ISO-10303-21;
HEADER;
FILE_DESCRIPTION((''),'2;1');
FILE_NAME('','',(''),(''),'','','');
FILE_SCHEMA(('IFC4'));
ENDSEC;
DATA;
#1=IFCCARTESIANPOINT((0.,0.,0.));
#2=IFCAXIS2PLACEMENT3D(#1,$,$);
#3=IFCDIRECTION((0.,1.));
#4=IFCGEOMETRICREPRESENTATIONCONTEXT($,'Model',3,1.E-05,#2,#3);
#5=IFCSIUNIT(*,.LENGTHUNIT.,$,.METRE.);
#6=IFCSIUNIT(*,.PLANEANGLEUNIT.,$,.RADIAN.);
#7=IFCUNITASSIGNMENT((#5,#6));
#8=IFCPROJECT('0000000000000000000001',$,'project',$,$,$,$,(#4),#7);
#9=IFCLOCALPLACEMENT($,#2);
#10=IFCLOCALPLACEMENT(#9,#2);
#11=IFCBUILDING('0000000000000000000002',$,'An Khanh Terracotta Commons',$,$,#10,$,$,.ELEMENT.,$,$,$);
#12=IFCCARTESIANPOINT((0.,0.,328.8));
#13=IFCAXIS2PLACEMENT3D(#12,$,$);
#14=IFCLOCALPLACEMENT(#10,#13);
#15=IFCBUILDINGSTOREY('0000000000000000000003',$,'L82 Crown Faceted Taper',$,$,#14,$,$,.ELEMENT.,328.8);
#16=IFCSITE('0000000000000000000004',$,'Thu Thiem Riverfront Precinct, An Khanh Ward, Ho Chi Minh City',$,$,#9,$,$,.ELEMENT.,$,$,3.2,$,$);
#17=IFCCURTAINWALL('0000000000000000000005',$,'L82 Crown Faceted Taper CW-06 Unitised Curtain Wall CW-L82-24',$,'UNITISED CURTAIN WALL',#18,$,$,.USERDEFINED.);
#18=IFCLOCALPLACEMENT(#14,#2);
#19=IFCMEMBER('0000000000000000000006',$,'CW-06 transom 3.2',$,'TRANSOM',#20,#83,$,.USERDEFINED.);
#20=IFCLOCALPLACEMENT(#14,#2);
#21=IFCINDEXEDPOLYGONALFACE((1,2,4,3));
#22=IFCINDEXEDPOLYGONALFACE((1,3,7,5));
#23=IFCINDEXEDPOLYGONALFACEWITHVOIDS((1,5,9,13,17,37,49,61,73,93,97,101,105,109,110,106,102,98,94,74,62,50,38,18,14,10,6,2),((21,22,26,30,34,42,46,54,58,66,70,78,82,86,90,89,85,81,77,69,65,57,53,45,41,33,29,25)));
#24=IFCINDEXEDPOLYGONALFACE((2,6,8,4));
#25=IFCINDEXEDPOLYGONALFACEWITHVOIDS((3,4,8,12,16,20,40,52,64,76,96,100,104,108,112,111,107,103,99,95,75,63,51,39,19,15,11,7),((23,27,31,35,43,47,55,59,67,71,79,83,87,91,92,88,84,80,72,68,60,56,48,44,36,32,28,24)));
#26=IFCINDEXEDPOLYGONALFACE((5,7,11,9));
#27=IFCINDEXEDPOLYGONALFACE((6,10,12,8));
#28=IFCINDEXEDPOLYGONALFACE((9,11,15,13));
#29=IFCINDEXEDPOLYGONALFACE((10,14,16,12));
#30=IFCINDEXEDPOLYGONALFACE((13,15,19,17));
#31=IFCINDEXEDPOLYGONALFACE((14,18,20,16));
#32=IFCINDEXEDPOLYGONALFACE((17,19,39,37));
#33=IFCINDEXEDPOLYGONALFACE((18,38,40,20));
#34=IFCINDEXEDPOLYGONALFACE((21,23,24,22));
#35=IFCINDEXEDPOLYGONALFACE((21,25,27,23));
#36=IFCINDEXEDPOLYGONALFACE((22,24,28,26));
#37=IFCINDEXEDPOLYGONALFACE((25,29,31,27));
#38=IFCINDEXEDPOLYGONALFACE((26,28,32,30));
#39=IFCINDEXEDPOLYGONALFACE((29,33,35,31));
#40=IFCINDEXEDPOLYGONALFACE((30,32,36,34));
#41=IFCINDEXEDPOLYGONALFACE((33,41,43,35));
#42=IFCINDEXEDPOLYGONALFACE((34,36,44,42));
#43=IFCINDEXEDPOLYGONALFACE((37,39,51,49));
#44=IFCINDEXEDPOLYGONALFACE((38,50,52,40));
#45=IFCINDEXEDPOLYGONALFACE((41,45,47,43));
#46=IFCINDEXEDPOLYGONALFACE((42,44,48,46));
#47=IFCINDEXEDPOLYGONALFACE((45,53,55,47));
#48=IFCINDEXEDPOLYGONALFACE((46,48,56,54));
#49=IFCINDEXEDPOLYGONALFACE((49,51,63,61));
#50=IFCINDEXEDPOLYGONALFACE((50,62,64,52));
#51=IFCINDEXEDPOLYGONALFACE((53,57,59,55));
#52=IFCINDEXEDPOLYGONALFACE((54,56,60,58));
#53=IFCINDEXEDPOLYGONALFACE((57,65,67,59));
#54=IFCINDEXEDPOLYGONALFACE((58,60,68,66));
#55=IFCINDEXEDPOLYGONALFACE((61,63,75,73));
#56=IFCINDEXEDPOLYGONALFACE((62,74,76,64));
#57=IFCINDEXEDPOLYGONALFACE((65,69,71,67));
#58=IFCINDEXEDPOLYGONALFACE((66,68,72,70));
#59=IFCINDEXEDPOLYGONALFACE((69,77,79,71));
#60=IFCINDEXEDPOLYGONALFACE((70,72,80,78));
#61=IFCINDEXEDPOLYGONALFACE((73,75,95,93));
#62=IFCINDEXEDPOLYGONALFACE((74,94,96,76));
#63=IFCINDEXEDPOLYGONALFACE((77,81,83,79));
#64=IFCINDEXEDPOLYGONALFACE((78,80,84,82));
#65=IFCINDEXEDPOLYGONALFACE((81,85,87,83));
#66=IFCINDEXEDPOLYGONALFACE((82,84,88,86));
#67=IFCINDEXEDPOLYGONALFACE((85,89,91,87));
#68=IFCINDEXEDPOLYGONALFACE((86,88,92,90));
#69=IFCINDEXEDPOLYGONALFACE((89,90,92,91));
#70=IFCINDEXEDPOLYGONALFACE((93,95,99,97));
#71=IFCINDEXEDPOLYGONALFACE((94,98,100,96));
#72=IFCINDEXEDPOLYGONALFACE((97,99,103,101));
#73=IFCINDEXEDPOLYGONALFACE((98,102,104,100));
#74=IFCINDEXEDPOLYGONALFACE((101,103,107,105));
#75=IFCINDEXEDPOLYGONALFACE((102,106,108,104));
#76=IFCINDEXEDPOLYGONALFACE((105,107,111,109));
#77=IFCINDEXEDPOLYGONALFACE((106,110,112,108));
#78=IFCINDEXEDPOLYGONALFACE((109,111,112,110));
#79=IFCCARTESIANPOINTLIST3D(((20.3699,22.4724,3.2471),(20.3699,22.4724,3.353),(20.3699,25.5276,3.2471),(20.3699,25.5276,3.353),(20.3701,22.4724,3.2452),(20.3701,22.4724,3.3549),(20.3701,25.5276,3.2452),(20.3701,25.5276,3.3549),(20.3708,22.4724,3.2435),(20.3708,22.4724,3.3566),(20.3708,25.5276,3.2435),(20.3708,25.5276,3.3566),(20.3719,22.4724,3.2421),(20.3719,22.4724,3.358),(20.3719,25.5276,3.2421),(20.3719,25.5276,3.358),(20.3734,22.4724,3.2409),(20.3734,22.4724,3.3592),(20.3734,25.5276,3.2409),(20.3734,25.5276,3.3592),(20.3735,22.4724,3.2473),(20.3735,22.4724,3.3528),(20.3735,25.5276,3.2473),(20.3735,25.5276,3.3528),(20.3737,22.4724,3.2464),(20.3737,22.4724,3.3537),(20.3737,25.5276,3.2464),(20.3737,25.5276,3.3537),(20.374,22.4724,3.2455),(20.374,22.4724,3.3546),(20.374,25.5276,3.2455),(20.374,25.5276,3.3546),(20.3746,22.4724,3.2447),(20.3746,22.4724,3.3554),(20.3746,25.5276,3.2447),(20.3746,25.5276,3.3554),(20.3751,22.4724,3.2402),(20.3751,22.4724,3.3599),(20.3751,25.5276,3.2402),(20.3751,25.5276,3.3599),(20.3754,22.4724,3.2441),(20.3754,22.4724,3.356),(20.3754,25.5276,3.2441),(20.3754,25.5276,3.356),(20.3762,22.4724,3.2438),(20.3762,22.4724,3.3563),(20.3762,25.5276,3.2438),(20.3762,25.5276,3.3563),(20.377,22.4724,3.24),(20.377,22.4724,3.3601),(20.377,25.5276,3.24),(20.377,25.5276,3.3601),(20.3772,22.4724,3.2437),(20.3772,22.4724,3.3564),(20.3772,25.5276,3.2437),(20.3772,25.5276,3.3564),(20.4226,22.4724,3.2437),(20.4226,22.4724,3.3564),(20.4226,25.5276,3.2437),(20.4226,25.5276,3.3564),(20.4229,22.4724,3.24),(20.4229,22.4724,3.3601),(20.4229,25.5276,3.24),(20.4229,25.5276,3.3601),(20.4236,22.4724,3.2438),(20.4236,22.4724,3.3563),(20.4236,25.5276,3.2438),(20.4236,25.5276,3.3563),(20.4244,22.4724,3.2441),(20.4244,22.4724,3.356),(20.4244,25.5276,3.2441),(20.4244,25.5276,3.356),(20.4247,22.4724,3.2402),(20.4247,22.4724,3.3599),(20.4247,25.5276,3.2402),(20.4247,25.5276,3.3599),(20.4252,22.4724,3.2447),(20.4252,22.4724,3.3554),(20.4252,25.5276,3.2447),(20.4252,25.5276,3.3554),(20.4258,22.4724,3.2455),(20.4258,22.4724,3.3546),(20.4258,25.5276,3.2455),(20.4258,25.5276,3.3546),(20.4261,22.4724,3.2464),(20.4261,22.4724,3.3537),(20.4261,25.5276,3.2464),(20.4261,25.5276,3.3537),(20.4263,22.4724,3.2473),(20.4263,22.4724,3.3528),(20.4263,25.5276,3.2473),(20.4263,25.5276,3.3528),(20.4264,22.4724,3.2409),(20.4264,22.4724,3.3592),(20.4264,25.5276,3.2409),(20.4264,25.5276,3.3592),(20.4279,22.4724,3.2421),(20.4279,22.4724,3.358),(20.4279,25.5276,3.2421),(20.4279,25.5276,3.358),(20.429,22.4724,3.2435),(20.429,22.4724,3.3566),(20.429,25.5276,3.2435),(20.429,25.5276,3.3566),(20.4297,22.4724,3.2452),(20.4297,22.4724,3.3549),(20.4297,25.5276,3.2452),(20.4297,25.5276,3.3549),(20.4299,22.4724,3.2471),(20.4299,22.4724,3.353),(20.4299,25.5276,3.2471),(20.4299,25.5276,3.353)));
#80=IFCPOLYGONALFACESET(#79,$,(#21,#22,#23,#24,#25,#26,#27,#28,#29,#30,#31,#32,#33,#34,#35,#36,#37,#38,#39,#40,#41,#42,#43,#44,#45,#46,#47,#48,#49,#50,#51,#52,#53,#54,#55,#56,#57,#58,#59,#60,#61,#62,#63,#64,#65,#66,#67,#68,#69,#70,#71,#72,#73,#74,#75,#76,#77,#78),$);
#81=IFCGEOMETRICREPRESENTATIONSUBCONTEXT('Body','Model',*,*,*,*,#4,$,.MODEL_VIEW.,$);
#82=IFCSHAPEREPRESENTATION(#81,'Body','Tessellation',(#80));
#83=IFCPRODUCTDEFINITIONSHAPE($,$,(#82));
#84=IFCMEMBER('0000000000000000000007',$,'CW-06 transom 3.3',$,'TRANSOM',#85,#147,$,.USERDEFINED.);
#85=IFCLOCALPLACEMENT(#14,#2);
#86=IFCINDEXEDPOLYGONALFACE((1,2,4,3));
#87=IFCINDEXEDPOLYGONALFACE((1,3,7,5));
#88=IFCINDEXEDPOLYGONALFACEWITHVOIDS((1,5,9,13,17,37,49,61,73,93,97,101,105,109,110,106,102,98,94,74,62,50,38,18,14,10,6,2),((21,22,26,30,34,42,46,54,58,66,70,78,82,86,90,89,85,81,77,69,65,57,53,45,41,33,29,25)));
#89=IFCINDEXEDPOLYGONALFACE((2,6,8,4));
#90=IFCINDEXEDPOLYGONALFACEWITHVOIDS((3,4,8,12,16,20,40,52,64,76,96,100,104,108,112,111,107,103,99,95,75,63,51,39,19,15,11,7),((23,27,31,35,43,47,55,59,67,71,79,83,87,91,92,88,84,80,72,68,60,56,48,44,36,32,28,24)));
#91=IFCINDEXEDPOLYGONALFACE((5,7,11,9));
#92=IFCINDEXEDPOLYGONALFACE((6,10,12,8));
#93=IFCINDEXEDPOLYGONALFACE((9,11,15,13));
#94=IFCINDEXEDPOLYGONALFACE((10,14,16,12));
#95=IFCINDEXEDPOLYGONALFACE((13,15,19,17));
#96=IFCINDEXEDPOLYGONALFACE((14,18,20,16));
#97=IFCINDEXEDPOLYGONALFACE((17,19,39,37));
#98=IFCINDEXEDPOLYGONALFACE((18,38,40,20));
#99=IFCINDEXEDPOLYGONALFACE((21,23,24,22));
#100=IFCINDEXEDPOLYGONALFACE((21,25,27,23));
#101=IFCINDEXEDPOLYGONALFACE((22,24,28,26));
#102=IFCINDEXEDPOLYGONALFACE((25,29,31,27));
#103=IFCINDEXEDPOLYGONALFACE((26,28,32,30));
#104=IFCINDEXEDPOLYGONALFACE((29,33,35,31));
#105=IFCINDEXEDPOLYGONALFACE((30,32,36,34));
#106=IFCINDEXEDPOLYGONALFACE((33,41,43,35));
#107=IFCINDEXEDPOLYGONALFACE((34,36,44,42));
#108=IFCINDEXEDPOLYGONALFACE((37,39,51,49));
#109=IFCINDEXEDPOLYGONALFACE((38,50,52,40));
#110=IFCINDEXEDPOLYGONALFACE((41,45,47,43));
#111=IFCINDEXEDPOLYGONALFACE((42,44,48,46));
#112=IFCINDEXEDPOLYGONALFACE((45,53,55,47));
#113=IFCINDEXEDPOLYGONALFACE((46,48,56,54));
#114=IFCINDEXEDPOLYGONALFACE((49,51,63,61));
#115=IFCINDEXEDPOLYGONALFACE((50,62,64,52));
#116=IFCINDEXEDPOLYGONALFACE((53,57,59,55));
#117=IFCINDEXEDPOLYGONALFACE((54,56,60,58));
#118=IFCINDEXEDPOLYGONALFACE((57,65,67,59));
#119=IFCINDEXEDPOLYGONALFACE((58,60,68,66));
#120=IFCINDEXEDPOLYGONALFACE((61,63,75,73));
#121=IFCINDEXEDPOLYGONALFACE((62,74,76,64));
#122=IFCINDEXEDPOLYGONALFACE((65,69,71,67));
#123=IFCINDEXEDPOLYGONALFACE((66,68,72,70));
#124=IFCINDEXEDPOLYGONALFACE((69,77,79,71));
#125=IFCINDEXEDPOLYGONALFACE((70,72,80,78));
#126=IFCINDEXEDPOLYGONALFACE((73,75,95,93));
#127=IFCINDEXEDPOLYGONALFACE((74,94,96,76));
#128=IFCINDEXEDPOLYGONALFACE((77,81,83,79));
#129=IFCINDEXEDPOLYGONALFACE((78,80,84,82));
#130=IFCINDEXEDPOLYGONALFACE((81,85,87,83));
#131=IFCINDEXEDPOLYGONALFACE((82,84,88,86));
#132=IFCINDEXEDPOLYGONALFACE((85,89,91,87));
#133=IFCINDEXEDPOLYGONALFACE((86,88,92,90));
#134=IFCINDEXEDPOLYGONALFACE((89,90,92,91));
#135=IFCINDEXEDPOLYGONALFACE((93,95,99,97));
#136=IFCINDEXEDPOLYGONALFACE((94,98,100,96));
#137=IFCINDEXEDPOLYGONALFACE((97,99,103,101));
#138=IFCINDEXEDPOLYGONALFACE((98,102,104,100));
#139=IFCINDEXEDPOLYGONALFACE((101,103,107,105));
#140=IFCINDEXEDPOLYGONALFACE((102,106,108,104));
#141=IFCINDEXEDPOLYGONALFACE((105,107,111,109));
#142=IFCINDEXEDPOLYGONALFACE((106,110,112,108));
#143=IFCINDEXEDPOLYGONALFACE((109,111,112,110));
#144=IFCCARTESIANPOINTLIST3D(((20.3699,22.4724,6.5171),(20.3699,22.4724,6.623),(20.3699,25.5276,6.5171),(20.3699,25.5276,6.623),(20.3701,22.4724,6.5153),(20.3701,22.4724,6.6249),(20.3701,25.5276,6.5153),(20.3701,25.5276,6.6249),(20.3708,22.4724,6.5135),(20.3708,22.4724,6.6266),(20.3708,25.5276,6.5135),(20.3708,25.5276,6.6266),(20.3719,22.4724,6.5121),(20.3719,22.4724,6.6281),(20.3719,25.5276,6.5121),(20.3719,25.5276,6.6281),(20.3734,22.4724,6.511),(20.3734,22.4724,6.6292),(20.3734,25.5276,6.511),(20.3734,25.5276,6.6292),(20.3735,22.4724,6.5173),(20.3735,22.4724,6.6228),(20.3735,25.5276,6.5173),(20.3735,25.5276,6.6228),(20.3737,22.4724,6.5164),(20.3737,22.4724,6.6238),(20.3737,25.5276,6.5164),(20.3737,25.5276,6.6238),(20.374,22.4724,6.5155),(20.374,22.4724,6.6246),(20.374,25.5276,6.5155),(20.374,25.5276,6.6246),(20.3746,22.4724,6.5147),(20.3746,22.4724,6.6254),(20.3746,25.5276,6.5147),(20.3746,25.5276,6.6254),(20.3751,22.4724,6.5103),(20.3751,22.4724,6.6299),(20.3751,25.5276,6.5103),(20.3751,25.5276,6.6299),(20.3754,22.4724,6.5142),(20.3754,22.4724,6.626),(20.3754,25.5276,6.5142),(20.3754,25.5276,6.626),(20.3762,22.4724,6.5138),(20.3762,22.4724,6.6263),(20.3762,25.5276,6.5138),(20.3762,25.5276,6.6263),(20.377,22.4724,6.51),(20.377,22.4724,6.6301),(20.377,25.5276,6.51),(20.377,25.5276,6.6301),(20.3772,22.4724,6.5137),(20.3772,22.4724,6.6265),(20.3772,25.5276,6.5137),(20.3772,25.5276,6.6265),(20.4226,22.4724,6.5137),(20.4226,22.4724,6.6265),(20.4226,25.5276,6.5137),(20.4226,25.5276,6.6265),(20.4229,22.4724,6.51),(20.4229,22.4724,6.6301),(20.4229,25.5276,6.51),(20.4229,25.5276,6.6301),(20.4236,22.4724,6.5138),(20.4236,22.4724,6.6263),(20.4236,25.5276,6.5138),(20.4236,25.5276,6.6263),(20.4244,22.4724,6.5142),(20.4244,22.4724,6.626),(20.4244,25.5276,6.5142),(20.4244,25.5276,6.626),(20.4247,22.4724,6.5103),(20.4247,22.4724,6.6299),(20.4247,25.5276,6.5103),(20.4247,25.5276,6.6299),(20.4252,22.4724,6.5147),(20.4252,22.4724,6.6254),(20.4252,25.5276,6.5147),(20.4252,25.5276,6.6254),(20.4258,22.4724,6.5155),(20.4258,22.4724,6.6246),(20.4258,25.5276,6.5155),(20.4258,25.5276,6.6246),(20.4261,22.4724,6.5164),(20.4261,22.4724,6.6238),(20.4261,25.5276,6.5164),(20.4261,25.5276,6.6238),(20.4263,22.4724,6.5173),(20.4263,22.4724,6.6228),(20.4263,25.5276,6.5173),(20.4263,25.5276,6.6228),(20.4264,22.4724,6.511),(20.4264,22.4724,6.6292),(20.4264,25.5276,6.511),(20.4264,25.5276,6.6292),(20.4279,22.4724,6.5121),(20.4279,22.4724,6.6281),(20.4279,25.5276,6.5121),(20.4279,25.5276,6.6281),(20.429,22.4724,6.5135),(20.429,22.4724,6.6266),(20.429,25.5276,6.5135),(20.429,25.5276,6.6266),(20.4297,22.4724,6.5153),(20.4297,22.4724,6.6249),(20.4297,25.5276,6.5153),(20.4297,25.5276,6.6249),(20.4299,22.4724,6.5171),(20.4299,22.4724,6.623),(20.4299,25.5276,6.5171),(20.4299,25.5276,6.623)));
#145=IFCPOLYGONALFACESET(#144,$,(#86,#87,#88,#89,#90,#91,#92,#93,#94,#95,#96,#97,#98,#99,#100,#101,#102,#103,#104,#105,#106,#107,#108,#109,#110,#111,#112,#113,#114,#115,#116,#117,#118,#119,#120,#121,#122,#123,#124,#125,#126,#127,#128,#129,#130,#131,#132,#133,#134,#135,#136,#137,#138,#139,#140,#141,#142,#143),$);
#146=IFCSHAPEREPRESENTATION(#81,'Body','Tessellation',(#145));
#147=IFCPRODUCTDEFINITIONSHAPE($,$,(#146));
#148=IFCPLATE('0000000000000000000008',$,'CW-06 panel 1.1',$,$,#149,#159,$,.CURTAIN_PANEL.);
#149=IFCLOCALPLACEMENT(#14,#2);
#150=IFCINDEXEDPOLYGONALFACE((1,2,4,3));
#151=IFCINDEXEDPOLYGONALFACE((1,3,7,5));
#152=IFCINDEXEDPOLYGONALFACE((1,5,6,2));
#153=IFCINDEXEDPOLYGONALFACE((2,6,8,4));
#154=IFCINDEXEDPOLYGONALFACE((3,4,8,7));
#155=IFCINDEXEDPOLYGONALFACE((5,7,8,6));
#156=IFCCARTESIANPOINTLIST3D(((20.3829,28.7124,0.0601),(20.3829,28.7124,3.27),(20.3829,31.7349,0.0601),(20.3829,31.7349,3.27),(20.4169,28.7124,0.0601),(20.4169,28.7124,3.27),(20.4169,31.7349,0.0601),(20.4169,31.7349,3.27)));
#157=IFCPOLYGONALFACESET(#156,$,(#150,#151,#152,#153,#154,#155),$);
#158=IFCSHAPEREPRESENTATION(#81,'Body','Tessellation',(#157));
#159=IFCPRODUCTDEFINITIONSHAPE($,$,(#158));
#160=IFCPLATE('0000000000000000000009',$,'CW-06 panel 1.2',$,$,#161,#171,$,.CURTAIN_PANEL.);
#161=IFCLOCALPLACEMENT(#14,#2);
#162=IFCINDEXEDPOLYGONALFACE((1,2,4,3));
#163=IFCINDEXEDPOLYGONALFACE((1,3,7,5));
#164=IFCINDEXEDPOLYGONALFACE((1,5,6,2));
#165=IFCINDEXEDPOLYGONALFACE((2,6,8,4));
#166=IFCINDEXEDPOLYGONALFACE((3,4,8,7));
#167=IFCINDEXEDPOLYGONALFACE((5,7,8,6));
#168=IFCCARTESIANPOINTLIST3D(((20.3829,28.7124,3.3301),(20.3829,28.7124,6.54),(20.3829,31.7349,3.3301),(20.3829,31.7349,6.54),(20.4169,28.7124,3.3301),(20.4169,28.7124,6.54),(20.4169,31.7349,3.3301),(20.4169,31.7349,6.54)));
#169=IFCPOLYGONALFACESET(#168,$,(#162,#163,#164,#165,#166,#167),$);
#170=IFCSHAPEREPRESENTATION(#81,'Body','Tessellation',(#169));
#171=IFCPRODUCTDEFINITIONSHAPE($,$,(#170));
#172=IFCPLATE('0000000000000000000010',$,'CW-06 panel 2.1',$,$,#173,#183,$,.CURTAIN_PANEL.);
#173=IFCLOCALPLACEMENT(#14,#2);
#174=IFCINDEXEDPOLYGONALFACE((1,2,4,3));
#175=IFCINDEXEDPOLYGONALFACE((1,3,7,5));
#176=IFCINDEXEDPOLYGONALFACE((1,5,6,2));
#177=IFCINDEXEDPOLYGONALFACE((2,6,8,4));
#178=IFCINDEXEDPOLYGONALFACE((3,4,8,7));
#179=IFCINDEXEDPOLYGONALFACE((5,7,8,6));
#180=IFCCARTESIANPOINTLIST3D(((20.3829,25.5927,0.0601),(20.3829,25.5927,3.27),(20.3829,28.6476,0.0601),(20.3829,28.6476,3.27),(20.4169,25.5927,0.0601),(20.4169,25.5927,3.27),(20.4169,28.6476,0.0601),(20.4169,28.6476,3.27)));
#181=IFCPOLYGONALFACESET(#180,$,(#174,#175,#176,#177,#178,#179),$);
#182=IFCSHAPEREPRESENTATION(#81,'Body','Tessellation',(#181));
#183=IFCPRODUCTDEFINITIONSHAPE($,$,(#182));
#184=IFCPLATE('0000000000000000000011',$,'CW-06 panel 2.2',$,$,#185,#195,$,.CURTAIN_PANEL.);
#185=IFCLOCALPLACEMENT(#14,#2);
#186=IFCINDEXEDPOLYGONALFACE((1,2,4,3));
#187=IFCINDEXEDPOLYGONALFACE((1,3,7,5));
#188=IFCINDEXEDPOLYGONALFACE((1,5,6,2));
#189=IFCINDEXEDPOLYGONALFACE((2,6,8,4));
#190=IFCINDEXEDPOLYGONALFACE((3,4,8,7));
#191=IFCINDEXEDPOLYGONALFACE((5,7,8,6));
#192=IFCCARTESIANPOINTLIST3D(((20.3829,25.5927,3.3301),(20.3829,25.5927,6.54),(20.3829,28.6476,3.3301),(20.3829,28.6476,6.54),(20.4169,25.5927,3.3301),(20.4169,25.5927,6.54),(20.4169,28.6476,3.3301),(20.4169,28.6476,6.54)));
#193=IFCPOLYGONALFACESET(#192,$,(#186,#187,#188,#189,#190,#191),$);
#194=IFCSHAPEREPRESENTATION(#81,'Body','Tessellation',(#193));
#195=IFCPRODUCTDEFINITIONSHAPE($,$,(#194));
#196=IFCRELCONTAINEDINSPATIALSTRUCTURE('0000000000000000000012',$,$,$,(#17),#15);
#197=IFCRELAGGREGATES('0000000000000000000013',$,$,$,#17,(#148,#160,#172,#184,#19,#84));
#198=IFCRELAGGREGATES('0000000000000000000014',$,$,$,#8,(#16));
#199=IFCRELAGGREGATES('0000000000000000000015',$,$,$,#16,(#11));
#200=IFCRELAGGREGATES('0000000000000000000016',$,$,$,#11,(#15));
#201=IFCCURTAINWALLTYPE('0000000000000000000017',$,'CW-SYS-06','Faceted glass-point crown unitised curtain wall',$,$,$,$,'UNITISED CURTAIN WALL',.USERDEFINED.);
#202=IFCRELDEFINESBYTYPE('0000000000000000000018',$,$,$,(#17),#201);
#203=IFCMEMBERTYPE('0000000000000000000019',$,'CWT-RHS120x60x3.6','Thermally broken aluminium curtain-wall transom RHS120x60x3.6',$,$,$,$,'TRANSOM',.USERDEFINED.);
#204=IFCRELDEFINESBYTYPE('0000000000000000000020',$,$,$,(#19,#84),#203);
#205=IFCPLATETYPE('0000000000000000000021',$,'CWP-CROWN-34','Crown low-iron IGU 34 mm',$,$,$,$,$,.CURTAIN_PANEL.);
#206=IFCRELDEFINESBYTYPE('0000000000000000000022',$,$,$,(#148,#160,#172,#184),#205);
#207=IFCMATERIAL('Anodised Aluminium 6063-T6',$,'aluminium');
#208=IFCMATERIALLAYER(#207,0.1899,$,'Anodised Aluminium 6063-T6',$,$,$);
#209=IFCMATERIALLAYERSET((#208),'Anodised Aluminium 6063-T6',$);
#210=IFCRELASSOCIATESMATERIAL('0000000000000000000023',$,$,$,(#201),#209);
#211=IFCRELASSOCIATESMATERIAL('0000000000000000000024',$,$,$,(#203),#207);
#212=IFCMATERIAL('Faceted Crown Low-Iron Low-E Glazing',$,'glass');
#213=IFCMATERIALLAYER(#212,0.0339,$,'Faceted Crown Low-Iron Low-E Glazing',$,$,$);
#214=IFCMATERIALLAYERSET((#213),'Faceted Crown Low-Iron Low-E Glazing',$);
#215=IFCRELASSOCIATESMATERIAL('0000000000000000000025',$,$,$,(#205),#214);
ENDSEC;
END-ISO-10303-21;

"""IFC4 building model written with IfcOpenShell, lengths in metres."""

from ifc_helpers import new_model, si_unit, direction, frame, origin, origin_2d, place, context, subcontext, project, spatial, rectangle, hollow_rectangle, extrude, material, layer, layer_set, material_profile, profile_set, type_object, element, aggregate, save


model = new_model("IFC4")

# Units and contexts
model_context = context("Model", 3, precision=1e-05, world=origin(), true_north=direction((0.0, 1.0)))
body_context = subcontext(model_context, "Body", "Model", "MODEL_VIEW")
ifc_project = project(units=[si_unit("LENGTHUNIT", "METRE"), si_unit("PLANEANGLEUNIT", "RADIAN")], contexts=[model_context])

# Site, building, storey
site_placement = place(None, origin())
site = spatial("IfcSite", under=ifc_project, at=site_placement, Name="Thu Thiem Riverfront Precinct, An Khanh Ward, Ho Chi Minh City", CompositionType="ELEMENT", RefElevation=3.2)
building_placement = place(site_placement, origin())
building = spatial("IfcBuilding", under=site, at=building_placement, Name="An Khanh Terracotta Commons", CompositionType="ELEMENT")
storey_placement = place(building_placement, frame((0.0, 0.0, 328.8)))
storey = spatial("IfcBuildingStorey", under=building, at=storey_placement, Name="L82 Crown Faceted Taper", CompositionType="ELEMENT", Elevation=328.8)

# Shared definitions
ifc_material_1 = material(Name="Anodised Aluminium 6063-T6", Category="aluminium")
ifc_layer_1 = layer(ifc_material_1, 0.1899, Name="Anodised Aluminium 6063-T6")
ifc_layer_set_1 = layer_set([ifc_layer_1], Name="Anodised Aluminium 6063-T6")
curtain_wall_type = type_object("IfcCurtainWallType", Name="CW-SYS-06", Description="Faceted glass-point crown unitised curtain wall", ElementType="UNITISED CURTAIN WALL", PredefinedType="USERDEFINED", material=ifc_layer_set_1)

# Curtain wall, members, plates
curtain_wall_1_placement = place(storey_placement, origin())
curtain_wall_1 = element("IfcCurtainWall", 1, at=curtain_wall_1_placement, inside=storey, type_object=curtain_wall_type, Name="L82 Crown Faceted Taper CW-06 Unitised Curtain Wall CW-L82-24", ObjectType="UNITISED CURTAIN WALL", PredefinedType="USERDEFINED")
ifc_material_profile_1 = material_profile(ifc_material_1, hollow_rectangle(XDim=0.0601, YDim=0.1201, WallThickness=0.0037, InnerFilletRadius=0.0037, OuterFilletRadius=0.0071, at=origin_2d()), Name="RHS120x60x3.6")
ifc_profile_set_1 = profile_set([ifc_material_profile_1], Name="Anodised Aluminium 6063-T6")
member_type_1 = type_object("IfcMemberType", Name="CWT-RHS120x60x3.6", Description="Thermally broken aluminium curtain-wall transom RHS120x60x3.6", ElementType="TRANSOM", PredefinedType="USERDEFINED", material=ifc_profile_set_1)
member_1_placement = place(storey_placement, frame((20.3999, 25.5276, 3.3), z_axis=(0.0, -1.0, 0.0), x_axis=(1.0, 0.0, 0.0)))
member_1 = element("IfcMember", 2, at=member_1_placement, type_object=member_type_1, Name="CW-06 transom 3.2", ObjectType="TRANSOM", PredefinedType="USERDEFINED", context=body_context, shape_type="SweptSolid", body=[
    extrude(hollow_rectangle(XDim=0.0601, YDim=0.1201, WallThickness=0.0037, InnerFilletRadius=0.0037, OuterFilletRadius=0.0071, at=origin_2d()), origin(), (0.0, 0.0, 1.0), 3.0552),
])
member_2_placement = place(storey_placement, frame((20.3999, 25.5276, 6.5701), z_axis=(0.0, -1.0, 0.0), x_axis=(1.0, 0.0, 0.0)))
member_2 = element("IfcMember", 3, at=member_2_placement, type_object=member_type_1, Name="CW-06 transom 3.3", ObjectType="TRANSOM", PredefinedType="USERDEFINED", context=body_context, shape_type="SweptSolid", body=[
    extrude(hollow_rectangle(XDim=0.0601, YDim=0.1201, WallThickness=0.0037, InnerFilletRadius=0.0037, OuterFilletRadius=0.0071, at=origin_2d()), origin(), (0.0, 0.0, 1.0), 3.0552),
])
ifc_material_2 = material(Name="Faceted Crown Low-Iron Low-E Glazing", Category="glass")
ifc_layer_2 = layer(ifc_material_2, 0.0339, Name="Faceted Crown Low-Iron Low-E Glazing")
ifc_layer_set_2 = layer_set([ifc_layer_2], Name="Faceted Crown Low-Iron Low-E Glazing")
plate_type = type_object("IfcPlateType", Name="CWP-CROWN-34", Description="Crown low-iron IGU 34 mm", PredefinedType="CURTAIN_PANEL", material=ifc_layer_set_2)
plate_1_placement = place(storey_placement, frame((20.3999, 30.2236, 0.0601), z_axis=(0.0, 0.0, 1.0), x_axis=(0.0, -1.0, 0.0)))
plate_1 = element("IfcPlate", 4, at=plate_1_placement, type_object=plate_type, Name="CW-06 panel 1.1", PredefinedType="CURTAIN_PANEL", context=body_context, shape_type="SweptSolid", body=[
    extrude(rectangle(XDim=3.0225, YDim=0.0339, at=origin_2d()), origin(), (0.0, 0.0, 1.0), 3.21),
])
plate_2_placement = place(storey_placement, frame((20.3999, 30.2236, 3.3301), z_axis=(0.0, 0.0, 1.0), x_axis=(0.0, -1.0, 0.0)))
plate_2 = element("IfcPlate", 5, at=plate_2_placement, type_object=plate_type, Name="CW-06 panel 1.2", PredefinedType="CURTAIN_PANEL", context=body_context, shape_type="SweptSolid", body=[
    extrude(rectangle(XDim=3.0225, YDim=0.0339, at=origin_2d()), origin(), (0.0, 0.0, 1.0), 3.21),
])
plate_3_placement = place(storey_placement, frame((20.3999, 27.1201, 0.0601), z_axis=(0.0, 0.0, 1.0), x_axis=(0.0, -1.0, 0.0)))
plate_3 = element("IfcPlate", 6, at=plate_3_placement, type_object=plate_type, Name="CW-06 panel 2.1", PredefinedType="CURTAIN_PANEL", context=body_context, shape_type="SweptSolid", body=[
    extrude(rectangle(XDim=3.0549, YDim=0.0339, at=origin_2d()), origin(), (0.0, 0.0, 1.0), 3.21),
])
plate_4_placement = place(storey_placement, frame((20.3999, 27.1201, 3.3301), z_axis=(0.0, 0.0, 1.0), x_axis=(0.0, -1.0, 0.0)))
plate_4 = element("IfcPlate", 7, at=plate_4_placement, type_object=plate_type, Name="CW-06 panel 2.2", PredefinedType="CURTAIN_PANEL", context=body_context, shape_type="SweptSolid", body=[
    extrude(rectangle(XDim=3.0549, YDim=0.0339, at=origin_2d()), origin(), (0.0, 0.0, 1.0), 3.21),
])
aggregate(curtain_wall_1, [plate_1, plate_2, plate_3, plate_4, member_1, member_2])

save(model, "model.ifc")
